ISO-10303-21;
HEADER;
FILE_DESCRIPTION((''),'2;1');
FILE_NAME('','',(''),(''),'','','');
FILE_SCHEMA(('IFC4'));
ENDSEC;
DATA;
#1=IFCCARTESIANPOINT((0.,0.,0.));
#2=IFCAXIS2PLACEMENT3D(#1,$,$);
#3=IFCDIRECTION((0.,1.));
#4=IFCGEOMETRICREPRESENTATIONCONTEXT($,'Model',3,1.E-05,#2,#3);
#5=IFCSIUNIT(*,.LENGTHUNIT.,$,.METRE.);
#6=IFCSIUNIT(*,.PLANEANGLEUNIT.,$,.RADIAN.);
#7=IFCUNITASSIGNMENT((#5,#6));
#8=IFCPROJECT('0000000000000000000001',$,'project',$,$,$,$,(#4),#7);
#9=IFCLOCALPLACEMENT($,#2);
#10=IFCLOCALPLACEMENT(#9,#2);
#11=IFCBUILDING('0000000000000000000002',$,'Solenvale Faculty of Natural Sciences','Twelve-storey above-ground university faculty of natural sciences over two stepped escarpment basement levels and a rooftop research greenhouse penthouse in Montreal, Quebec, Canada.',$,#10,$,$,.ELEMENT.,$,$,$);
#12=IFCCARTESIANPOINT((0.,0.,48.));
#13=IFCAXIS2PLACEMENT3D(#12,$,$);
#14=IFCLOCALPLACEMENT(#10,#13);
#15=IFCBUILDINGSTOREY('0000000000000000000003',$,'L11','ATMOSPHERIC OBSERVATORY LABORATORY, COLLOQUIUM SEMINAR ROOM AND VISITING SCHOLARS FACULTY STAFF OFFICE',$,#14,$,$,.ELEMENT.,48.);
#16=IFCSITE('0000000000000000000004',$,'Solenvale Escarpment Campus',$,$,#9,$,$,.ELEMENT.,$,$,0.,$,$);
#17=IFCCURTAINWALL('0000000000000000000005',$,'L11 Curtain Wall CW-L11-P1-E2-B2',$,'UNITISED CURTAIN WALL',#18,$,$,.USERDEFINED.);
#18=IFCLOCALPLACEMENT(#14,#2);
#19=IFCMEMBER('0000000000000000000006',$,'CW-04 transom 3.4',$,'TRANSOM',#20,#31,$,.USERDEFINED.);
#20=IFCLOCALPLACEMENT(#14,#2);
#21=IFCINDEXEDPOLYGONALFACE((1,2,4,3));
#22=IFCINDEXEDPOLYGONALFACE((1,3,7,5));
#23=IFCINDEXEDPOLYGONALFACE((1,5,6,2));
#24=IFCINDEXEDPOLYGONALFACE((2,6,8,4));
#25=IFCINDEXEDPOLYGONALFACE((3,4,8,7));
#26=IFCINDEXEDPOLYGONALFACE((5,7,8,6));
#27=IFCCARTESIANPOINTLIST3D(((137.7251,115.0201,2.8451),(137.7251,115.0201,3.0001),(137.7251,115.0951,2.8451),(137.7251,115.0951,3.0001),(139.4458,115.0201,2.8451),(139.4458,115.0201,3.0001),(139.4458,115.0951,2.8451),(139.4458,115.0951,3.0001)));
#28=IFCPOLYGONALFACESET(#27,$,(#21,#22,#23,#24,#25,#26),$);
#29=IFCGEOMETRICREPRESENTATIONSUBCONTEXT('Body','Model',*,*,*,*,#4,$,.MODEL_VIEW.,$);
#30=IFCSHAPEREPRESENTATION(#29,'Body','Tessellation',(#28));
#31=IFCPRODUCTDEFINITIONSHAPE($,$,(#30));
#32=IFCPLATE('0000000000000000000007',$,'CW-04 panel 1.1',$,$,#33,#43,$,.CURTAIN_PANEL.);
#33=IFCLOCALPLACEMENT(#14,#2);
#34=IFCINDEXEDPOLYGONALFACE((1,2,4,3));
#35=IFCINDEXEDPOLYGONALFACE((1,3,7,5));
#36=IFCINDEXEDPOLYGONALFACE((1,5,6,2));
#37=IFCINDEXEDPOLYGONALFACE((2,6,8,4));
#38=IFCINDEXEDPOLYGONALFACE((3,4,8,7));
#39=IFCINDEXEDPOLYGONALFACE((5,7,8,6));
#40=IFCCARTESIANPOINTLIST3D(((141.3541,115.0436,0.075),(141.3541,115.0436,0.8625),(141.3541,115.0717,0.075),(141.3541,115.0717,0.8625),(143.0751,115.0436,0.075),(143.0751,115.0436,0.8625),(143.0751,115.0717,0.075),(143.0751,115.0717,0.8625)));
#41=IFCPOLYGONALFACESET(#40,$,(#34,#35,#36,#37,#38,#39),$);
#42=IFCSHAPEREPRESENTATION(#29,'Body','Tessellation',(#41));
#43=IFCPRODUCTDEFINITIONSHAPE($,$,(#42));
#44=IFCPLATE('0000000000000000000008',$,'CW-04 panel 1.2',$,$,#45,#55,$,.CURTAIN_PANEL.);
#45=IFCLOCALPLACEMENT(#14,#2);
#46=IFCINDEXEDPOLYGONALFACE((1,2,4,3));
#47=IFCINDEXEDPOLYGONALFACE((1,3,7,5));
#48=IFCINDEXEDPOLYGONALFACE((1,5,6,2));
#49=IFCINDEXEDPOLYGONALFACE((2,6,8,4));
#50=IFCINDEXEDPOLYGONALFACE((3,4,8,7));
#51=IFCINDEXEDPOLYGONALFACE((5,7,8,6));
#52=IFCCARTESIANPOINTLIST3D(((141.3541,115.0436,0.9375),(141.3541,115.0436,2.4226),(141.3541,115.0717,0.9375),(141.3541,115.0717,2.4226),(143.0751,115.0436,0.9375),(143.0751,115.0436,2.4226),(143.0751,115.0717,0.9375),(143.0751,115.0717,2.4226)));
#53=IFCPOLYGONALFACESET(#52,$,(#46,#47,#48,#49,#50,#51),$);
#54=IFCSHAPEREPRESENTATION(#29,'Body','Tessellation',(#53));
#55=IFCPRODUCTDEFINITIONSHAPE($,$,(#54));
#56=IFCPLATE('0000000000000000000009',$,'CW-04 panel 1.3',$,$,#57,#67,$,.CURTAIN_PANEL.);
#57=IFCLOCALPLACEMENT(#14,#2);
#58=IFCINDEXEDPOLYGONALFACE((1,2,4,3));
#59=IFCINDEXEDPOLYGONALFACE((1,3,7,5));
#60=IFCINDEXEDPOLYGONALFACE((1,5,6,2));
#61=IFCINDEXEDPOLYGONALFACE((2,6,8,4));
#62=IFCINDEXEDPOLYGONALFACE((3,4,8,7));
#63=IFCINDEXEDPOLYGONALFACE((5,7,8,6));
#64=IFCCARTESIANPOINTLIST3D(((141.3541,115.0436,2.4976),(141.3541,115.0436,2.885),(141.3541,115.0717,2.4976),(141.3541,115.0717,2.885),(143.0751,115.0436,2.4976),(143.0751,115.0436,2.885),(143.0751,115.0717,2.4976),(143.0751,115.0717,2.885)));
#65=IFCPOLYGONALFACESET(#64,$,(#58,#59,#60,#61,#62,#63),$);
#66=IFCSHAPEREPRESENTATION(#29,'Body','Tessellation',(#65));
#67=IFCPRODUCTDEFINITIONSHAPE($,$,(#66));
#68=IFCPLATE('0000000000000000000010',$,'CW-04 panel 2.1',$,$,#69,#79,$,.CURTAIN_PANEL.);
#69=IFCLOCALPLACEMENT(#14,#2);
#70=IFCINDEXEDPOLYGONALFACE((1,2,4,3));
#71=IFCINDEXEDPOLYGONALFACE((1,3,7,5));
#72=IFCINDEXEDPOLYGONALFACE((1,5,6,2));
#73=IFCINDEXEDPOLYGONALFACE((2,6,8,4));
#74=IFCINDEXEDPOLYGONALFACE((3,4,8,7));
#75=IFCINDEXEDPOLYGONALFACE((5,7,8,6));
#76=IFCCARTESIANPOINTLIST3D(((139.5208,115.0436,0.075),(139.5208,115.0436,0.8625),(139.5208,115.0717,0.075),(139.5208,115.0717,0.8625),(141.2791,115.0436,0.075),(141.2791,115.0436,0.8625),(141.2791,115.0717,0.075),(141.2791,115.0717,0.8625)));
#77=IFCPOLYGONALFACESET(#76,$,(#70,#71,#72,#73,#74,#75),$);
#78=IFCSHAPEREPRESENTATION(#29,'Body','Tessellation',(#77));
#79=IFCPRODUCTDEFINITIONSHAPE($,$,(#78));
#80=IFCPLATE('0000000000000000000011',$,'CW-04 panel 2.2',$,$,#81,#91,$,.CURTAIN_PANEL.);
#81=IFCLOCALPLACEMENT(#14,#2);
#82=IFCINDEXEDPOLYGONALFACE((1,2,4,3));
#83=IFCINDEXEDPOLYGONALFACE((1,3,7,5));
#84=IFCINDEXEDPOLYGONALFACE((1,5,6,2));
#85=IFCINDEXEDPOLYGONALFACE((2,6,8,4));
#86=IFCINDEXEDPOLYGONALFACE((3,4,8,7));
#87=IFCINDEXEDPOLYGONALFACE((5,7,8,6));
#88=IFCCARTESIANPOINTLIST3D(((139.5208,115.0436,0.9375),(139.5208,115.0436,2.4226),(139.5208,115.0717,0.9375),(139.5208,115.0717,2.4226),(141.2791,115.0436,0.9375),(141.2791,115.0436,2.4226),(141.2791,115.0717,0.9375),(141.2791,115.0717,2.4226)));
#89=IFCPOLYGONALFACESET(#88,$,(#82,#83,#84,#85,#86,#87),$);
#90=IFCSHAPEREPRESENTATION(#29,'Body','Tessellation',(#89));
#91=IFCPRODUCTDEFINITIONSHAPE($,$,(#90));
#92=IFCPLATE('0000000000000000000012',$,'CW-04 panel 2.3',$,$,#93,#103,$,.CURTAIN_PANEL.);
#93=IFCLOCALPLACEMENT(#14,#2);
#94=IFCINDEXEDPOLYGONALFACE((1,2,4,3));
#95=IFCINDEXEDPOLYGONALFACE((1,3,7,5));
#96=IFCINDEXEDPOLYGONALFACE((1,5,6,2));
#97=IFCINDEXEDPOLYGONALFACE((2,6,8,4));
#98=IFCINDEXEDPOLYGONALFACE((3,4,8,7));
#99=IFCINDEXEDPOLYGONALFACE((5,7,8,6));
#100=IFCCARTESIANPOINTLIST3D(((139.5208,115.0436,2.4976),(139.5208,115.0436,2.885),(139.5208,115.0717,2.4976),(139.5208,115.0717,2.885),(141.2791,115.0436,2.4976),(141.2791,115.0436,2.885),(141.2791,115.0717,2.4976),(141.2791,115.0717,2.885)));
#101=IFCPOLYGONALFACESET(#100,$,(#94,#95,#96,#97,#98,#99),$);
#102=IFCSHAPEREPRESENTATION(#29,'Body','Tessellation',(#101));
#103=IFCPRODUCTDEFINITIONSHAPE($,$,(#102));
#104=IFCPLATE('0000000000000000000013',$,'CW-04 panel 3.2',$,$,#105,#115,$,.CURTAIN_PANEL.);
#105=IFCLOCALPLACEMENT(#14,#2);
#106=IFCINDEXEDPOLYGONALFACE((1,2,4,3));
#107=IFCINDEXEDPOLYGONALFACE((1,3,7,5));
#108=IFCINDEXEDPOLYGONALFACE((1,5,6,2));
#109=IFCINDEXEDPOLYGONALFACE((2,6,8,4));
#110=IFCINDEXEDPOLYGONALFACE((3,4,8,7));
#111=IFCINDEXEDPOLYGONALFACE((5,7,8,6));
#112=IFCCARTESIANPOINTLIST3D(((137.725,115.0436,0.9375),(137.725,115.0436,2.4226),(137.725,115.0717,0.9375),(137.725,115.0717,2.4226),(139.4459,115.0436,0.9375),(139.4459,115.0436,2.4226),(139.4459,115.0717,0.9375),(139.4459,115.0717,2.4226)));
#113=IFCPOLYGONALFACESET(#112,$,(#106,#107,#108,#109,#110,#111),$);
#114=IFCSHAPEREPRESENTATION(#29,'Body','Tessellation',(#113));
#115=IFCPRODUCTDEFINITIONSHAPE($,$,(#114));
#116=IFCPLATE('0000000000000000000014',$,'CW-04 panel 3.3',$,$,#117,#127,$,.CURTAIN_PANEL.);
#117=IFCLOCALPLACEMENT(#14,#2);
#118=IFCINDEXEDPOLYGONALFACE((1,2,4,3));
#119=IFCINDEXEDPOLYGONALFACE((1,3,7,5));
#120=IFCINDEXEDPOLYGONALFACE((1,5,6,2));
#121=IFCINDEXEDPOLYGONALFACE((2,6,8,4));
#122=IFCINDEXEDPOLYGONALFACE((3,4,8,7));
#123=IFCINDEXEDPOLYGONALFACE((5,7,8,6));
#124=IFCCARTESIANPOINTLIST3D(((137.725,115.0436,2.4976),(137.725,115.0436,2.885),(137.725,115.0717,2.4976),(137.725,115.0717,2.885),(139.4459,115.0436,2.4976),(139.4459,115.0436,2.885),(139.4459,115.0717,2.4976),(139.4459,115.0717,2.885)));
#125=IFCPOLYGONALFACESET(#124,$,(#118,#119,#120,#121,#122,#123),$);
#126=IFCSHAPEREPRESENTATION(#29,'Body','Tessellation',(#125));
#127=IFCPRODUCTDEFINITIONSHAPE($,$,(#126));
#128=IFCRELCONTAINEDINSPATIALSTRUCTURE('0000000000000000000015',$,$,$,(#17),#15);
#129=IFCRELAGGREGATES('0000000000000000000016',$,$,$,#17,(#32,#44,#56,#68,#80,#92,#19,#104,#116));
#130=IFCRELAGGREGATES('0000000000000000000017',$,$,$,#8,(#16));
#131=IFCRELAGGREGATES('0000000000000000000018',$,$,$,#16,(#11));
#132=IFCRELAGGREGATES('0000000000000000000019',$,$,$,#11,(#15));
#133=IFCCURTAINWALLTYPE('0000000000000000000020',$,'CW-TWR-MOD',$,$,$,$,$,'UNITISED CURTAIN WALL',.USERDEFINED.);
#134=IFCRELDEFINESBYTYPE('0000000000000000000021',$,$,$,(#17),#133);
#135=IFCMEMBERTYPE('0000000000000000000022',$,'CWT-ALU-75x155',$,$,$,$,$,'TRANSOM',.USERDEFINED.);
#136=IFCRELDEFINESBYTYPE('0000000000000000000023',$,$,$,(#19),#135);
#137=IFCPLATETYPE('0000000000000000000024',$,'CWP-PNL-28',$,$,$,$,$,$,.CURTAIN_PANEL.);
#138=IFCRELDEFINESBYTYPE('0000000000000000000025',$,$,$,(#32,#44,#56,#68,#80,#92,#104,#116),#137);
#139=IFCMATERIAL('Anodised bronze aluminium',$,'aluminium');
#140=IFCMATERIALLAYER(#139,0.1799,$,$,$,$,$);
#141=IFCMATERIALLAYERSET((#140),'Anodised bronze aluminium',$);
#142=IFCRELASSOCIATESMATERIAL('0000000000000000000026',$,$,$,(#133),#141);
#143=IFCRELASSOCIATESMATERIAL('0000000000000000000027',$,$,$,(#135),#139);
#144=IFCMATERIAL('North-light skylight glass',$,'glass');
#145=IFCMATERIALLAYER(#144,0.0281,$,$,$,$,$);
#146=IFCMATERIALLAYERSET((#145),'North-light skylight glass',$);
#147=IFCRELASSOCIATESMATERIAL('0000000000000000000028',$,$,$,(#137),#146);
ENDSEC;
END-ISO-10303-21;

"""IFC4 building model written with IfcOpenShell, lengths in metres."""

from ifc_helpers import new_model, si_unit, direction, frame, origin, origin_2d, place, context, subcontext, project, spatial, rectangle, extrude, material, layer, layer_set, material_profile, profile_set, type_object, element, aggregate, save


model = new_model("IFC4")

# Units and contexts
model_context = context("Model", 3, precision=1e-05, world=origin(), true_north=direction((0.0, 1.0)))
body_context = subcontext(model_context, "Body", "Model", "MODEL_VIEW")
ifc_project = project(units=[si_unit("LENGTHUNIT", "METRE"), si_unit("PLANEANGLEUNIT", "RADIAN")], contexts=[model_context])

# Site, building, storey
site_placement = place(None, origin())
site = spatial("IfcSite", under=ifc_project, at=site_placement, Name="Solenvale Escarpment Campus", CompositionType="ELEMENT", RefElevation=0.0)
building_placement = place(site_placement, origin())
building = spatial("IfcBuilding", under=site, at=building_placement, Name="Solenvale Faculty of Natural Sciences", Description="Twelve-storey above-ground university faculty of natural sciences over two stepped escarpment basement levels and a rooftop research greenhouse penthouse in Montreal, Quebec, Canada.", CompositionType="ELEMENT")
storey_placement = place(building_placement, frame((0.0, 0.0, 48.0)))
storey = spatial("IfcBuildingStorey", under=building, at=storey_placement, Name="L11", Description="ATMOSPHERIC OBSERVATORY LABORATORY, COLLOQUIUM SEMINAR ROOM AND VISITING SCHOLARS FACULTY STAFF OFFICE", CompositionType="ELEMENT", Elevation=48.0)

# Curtain wall, member, plates
ifc_material_1 = material(Name="Anodised bronze aluminium", Category="aluminium")
ifc_layer_1 = layer(ifc_material_1, 0.1799)
ifc_layer_set_1 = layer_set([ifc_layer_1], Name="Anodised bronze aluminium")
curtain_wall_type = type_object("IfcCurtainWallType", Name="CW-TWR-MOD", ElementType="UNITISED CURTAIN WALL", PredefinedType="USERDEFINED", material=ifc_layer_set_1)
curtain_wall_placement = place(storey_placement, origin())
curtain_wall = element("IfcCurtainWall", 1, at=curtain_wall_placement, inside=storey, type_object=curtain_wall_type, Name="L11 Curtain Wall CW-L11-P1-E2-B2", ObjectType="UNITISED CURTAIN WALL", PredefinedType="USERDEFINED")
ifc_material_profile_1 = material_profile(ifc_material_1, rectangle(XDim=0.075, YDim=0.155, at=origin_2d()), Name="ALU-TRN-75x155")
ifc_profile_set_1 = profile_set([ifc_material_profile_1], Name="Anodised bronze aluminium")
member_type_1 = type_object("IfcMemberType", Name="CWT-ALU-75x155", ElementType="TRANSOM", PredefinedType="USERDEFINED", material=ifc_profile_set_1)
member_1_placement = place(storey_placement, frame((139.4458, 115.0576, 2.9226), z_axis=(-1.0, 0.0, 0.0), x_axis=(0.0, -1.0, 0.0)))
member_1 = element("IfcMember", 2, at=member_1_placement, type_object=member_type_1, Name="CW-04 transom 3.4", ObjectType="TRANSOM", PredefinedType="USERDEFINED", context=body_context, shape_type="SweptSolid", body=[
    extrude(rectangle(XDim=0.075, YDim=0.155, at=origin_2d()), origin(), (0.0, 0.0, 1.0), 1.7207),
])
ifc_material_2 = material(Name="North-light skylight glass", Category="glass")
ifc_layer_2 = layer(ifc_material_2, 0.0281)
ifc_layer_set_2 = layer_set([ifc_layer_2], Name="North-light skylight glass")
plate_type = type_object("IfcPlateType", Name="CWP-PNL-28", PredefinedType="CURTAIN_PANEL", material=ifc_layer_set_2)
plate_1_placement = place(storey_placement, frame((142.2146, 115.0576, 0.075), z_axis=(0.0, 0.0, 1.0), x_axis=(-1.0, 0.0, 0.0)))
plate_1 = element("IfcPlate", 3, at=plate_1_placement, type_object=plate_type, Name="CW-04 panel 1.1", PredefinedType="CURTAIN_PANEL", context=body_context, shape_type="SweptSolid", body=[
    extrude(rectangle(XDim=1.7209, YDim=0.0281, at=origin_2d()), origin(), (0.0, 0.0, 1.0), 0.7876),
])
plate_2_placement = place(storey_placement, frame((142.2146, 115.0576, 0.9375), z_axis=(0.0, 0.0, 1.0), x_axis=(-1.0, 0.0, 0.0)))
plate_2 = element("IfcPlate", 4, at=plate_2_placement, type_object=plate_type, Name="CW-04 panel 1.2", PredefinedType="CURTAIN_PANEL", context=body_context, shape_type="SweptSolid", body=[
    extrude(rectangle(XDim=1.7209, YDim=0.0281, at=origin_2d()), origin(), (0.0, 0.0, 1.0), 1.4851),
])
plate_3_placement = place(storey_placement, frame((142.2146, 115.0576, 2.4976), z_axis=(0.0, 0.0, 1.0), x_axis=(-1.0, 0.0, 0.0)))
plate_3 = element("IfcPlate", 5, at=plate_3_placement, type_object=plate_type, Name="CW-04 panel 1.3", PredefinedType="CURTAIN_PANEL", context=body_context, shape_type="SweptSolid", body=[
    extrude(rectangle(XDim=1.7209, YDim=0.0281, at=origin_2d()), origin(), (0.0, 0.0, 1.0), 0.3875),
])
plate_4_placement = place(storey_placement, frame((140.3999, 115.0576, 0.075), z_axis=(0.0, 0.0, 1.0), x_axis=(-1.0, 0.0, 0.0)))
plate_4 = element("IfcPlate", 6, at=plate_4_placement, type_object=plate_type, Name="CW-04 panel 2.1", PredefinedType="CURTAIN_PANEL", context=body_context, shape_type="SweptSolid", body=[
    extrude(rectangle(XDim=1.7583, YDim=0.0281, at=origin_2d()), origin(), (0.0, 0.0, 1.0), 0.7876),
])
plate_5_placement = place(storey_placement, frame((140.3999, 115.0576, 0.9375), z_axis=(0.0, 0.0, 1.0), x_axis=(-1.0, 0.0, 0.0)))
plate_5 = element("IfcPlate", 7, at=plate_5_placement, type_object=plate_type, Name="CW-04 panel 2.2", PredefinedType="CURTAIN_PANEL", context=body_context, shape_type="SweptSolid", body=[
    extrude(rectangle(XDim=1.7583, YDim=0.0281, at=origin_2d()), origin(), (0.0, 0.0, 1.0), 1.4851),
])
plate_6_placement = place(storey_placement, frame((140.3999, 115.0576, 2.4976), z_axis=(0.0, 0.0, 1.0), x_axis=(-1.0, 0.0, 0.0)))
plate_6 = element("IfcPlate", 8, at=plate_6_placement, type_object=plate_type, Name="CW-04 panel 2.3", PredefinedType="CURTAIN_PANEL", context=body_context, shape_type="SweptSolid", body=[
    extrude(rectangle(XDim=1.7583, YDim=0.0281, at=origin_2d()), origin(), (0.0, 0.0, 1.0), 0.3875),
])
plate_7_placement = place(storey_placement, frame((138.5854, 115.0576, 0.9375), z_axis=(0.0, 0.0, 1.0), x_axis=(-1.0, 0.0, 0.0)))
plate_7 = element("IfcPlate", 9, at=plate_7_placement, type_object=plate_type, Name="CW-04 panel 3.2", PredefinedType="CURTAIN_PANEL", context=body_context, shape_type="SweptSolid", body=[
    extrude(rectangle(XDim=1.7209, YDim=0.0281, at=origin_2d()), origin(), (0.0, 0.0, 1.0), 1.4851),
])
plate_8_placement = place(storey_placement, frame((138.5854, 115.0576, 2.4976), z_axis=(0.0, 0.0, 1.0), x_axis=(-1.0, 0.0, 0.0)))
plate_8 = element("IfcPlate", 10, at=plate_8_placement, type_object=plate_type, Name="CW-04 panel 3.3", PredefinedType="CURTAIN_PANEL", context=body_context, shape_type="SweptSolid", body=[
    extrude(rectangle(XDim=1.7209, YDim=0.0281, at=origin_2d()), origin(), (0.0, 0.0, 1.0), 0.3875),
])
aggregate(curtain_wall, [plate_1, plate_2, plate_3, plate_4, plate_5, plate_6, member_1, plate_7, plate_8])

save(model, "model.ifc")
